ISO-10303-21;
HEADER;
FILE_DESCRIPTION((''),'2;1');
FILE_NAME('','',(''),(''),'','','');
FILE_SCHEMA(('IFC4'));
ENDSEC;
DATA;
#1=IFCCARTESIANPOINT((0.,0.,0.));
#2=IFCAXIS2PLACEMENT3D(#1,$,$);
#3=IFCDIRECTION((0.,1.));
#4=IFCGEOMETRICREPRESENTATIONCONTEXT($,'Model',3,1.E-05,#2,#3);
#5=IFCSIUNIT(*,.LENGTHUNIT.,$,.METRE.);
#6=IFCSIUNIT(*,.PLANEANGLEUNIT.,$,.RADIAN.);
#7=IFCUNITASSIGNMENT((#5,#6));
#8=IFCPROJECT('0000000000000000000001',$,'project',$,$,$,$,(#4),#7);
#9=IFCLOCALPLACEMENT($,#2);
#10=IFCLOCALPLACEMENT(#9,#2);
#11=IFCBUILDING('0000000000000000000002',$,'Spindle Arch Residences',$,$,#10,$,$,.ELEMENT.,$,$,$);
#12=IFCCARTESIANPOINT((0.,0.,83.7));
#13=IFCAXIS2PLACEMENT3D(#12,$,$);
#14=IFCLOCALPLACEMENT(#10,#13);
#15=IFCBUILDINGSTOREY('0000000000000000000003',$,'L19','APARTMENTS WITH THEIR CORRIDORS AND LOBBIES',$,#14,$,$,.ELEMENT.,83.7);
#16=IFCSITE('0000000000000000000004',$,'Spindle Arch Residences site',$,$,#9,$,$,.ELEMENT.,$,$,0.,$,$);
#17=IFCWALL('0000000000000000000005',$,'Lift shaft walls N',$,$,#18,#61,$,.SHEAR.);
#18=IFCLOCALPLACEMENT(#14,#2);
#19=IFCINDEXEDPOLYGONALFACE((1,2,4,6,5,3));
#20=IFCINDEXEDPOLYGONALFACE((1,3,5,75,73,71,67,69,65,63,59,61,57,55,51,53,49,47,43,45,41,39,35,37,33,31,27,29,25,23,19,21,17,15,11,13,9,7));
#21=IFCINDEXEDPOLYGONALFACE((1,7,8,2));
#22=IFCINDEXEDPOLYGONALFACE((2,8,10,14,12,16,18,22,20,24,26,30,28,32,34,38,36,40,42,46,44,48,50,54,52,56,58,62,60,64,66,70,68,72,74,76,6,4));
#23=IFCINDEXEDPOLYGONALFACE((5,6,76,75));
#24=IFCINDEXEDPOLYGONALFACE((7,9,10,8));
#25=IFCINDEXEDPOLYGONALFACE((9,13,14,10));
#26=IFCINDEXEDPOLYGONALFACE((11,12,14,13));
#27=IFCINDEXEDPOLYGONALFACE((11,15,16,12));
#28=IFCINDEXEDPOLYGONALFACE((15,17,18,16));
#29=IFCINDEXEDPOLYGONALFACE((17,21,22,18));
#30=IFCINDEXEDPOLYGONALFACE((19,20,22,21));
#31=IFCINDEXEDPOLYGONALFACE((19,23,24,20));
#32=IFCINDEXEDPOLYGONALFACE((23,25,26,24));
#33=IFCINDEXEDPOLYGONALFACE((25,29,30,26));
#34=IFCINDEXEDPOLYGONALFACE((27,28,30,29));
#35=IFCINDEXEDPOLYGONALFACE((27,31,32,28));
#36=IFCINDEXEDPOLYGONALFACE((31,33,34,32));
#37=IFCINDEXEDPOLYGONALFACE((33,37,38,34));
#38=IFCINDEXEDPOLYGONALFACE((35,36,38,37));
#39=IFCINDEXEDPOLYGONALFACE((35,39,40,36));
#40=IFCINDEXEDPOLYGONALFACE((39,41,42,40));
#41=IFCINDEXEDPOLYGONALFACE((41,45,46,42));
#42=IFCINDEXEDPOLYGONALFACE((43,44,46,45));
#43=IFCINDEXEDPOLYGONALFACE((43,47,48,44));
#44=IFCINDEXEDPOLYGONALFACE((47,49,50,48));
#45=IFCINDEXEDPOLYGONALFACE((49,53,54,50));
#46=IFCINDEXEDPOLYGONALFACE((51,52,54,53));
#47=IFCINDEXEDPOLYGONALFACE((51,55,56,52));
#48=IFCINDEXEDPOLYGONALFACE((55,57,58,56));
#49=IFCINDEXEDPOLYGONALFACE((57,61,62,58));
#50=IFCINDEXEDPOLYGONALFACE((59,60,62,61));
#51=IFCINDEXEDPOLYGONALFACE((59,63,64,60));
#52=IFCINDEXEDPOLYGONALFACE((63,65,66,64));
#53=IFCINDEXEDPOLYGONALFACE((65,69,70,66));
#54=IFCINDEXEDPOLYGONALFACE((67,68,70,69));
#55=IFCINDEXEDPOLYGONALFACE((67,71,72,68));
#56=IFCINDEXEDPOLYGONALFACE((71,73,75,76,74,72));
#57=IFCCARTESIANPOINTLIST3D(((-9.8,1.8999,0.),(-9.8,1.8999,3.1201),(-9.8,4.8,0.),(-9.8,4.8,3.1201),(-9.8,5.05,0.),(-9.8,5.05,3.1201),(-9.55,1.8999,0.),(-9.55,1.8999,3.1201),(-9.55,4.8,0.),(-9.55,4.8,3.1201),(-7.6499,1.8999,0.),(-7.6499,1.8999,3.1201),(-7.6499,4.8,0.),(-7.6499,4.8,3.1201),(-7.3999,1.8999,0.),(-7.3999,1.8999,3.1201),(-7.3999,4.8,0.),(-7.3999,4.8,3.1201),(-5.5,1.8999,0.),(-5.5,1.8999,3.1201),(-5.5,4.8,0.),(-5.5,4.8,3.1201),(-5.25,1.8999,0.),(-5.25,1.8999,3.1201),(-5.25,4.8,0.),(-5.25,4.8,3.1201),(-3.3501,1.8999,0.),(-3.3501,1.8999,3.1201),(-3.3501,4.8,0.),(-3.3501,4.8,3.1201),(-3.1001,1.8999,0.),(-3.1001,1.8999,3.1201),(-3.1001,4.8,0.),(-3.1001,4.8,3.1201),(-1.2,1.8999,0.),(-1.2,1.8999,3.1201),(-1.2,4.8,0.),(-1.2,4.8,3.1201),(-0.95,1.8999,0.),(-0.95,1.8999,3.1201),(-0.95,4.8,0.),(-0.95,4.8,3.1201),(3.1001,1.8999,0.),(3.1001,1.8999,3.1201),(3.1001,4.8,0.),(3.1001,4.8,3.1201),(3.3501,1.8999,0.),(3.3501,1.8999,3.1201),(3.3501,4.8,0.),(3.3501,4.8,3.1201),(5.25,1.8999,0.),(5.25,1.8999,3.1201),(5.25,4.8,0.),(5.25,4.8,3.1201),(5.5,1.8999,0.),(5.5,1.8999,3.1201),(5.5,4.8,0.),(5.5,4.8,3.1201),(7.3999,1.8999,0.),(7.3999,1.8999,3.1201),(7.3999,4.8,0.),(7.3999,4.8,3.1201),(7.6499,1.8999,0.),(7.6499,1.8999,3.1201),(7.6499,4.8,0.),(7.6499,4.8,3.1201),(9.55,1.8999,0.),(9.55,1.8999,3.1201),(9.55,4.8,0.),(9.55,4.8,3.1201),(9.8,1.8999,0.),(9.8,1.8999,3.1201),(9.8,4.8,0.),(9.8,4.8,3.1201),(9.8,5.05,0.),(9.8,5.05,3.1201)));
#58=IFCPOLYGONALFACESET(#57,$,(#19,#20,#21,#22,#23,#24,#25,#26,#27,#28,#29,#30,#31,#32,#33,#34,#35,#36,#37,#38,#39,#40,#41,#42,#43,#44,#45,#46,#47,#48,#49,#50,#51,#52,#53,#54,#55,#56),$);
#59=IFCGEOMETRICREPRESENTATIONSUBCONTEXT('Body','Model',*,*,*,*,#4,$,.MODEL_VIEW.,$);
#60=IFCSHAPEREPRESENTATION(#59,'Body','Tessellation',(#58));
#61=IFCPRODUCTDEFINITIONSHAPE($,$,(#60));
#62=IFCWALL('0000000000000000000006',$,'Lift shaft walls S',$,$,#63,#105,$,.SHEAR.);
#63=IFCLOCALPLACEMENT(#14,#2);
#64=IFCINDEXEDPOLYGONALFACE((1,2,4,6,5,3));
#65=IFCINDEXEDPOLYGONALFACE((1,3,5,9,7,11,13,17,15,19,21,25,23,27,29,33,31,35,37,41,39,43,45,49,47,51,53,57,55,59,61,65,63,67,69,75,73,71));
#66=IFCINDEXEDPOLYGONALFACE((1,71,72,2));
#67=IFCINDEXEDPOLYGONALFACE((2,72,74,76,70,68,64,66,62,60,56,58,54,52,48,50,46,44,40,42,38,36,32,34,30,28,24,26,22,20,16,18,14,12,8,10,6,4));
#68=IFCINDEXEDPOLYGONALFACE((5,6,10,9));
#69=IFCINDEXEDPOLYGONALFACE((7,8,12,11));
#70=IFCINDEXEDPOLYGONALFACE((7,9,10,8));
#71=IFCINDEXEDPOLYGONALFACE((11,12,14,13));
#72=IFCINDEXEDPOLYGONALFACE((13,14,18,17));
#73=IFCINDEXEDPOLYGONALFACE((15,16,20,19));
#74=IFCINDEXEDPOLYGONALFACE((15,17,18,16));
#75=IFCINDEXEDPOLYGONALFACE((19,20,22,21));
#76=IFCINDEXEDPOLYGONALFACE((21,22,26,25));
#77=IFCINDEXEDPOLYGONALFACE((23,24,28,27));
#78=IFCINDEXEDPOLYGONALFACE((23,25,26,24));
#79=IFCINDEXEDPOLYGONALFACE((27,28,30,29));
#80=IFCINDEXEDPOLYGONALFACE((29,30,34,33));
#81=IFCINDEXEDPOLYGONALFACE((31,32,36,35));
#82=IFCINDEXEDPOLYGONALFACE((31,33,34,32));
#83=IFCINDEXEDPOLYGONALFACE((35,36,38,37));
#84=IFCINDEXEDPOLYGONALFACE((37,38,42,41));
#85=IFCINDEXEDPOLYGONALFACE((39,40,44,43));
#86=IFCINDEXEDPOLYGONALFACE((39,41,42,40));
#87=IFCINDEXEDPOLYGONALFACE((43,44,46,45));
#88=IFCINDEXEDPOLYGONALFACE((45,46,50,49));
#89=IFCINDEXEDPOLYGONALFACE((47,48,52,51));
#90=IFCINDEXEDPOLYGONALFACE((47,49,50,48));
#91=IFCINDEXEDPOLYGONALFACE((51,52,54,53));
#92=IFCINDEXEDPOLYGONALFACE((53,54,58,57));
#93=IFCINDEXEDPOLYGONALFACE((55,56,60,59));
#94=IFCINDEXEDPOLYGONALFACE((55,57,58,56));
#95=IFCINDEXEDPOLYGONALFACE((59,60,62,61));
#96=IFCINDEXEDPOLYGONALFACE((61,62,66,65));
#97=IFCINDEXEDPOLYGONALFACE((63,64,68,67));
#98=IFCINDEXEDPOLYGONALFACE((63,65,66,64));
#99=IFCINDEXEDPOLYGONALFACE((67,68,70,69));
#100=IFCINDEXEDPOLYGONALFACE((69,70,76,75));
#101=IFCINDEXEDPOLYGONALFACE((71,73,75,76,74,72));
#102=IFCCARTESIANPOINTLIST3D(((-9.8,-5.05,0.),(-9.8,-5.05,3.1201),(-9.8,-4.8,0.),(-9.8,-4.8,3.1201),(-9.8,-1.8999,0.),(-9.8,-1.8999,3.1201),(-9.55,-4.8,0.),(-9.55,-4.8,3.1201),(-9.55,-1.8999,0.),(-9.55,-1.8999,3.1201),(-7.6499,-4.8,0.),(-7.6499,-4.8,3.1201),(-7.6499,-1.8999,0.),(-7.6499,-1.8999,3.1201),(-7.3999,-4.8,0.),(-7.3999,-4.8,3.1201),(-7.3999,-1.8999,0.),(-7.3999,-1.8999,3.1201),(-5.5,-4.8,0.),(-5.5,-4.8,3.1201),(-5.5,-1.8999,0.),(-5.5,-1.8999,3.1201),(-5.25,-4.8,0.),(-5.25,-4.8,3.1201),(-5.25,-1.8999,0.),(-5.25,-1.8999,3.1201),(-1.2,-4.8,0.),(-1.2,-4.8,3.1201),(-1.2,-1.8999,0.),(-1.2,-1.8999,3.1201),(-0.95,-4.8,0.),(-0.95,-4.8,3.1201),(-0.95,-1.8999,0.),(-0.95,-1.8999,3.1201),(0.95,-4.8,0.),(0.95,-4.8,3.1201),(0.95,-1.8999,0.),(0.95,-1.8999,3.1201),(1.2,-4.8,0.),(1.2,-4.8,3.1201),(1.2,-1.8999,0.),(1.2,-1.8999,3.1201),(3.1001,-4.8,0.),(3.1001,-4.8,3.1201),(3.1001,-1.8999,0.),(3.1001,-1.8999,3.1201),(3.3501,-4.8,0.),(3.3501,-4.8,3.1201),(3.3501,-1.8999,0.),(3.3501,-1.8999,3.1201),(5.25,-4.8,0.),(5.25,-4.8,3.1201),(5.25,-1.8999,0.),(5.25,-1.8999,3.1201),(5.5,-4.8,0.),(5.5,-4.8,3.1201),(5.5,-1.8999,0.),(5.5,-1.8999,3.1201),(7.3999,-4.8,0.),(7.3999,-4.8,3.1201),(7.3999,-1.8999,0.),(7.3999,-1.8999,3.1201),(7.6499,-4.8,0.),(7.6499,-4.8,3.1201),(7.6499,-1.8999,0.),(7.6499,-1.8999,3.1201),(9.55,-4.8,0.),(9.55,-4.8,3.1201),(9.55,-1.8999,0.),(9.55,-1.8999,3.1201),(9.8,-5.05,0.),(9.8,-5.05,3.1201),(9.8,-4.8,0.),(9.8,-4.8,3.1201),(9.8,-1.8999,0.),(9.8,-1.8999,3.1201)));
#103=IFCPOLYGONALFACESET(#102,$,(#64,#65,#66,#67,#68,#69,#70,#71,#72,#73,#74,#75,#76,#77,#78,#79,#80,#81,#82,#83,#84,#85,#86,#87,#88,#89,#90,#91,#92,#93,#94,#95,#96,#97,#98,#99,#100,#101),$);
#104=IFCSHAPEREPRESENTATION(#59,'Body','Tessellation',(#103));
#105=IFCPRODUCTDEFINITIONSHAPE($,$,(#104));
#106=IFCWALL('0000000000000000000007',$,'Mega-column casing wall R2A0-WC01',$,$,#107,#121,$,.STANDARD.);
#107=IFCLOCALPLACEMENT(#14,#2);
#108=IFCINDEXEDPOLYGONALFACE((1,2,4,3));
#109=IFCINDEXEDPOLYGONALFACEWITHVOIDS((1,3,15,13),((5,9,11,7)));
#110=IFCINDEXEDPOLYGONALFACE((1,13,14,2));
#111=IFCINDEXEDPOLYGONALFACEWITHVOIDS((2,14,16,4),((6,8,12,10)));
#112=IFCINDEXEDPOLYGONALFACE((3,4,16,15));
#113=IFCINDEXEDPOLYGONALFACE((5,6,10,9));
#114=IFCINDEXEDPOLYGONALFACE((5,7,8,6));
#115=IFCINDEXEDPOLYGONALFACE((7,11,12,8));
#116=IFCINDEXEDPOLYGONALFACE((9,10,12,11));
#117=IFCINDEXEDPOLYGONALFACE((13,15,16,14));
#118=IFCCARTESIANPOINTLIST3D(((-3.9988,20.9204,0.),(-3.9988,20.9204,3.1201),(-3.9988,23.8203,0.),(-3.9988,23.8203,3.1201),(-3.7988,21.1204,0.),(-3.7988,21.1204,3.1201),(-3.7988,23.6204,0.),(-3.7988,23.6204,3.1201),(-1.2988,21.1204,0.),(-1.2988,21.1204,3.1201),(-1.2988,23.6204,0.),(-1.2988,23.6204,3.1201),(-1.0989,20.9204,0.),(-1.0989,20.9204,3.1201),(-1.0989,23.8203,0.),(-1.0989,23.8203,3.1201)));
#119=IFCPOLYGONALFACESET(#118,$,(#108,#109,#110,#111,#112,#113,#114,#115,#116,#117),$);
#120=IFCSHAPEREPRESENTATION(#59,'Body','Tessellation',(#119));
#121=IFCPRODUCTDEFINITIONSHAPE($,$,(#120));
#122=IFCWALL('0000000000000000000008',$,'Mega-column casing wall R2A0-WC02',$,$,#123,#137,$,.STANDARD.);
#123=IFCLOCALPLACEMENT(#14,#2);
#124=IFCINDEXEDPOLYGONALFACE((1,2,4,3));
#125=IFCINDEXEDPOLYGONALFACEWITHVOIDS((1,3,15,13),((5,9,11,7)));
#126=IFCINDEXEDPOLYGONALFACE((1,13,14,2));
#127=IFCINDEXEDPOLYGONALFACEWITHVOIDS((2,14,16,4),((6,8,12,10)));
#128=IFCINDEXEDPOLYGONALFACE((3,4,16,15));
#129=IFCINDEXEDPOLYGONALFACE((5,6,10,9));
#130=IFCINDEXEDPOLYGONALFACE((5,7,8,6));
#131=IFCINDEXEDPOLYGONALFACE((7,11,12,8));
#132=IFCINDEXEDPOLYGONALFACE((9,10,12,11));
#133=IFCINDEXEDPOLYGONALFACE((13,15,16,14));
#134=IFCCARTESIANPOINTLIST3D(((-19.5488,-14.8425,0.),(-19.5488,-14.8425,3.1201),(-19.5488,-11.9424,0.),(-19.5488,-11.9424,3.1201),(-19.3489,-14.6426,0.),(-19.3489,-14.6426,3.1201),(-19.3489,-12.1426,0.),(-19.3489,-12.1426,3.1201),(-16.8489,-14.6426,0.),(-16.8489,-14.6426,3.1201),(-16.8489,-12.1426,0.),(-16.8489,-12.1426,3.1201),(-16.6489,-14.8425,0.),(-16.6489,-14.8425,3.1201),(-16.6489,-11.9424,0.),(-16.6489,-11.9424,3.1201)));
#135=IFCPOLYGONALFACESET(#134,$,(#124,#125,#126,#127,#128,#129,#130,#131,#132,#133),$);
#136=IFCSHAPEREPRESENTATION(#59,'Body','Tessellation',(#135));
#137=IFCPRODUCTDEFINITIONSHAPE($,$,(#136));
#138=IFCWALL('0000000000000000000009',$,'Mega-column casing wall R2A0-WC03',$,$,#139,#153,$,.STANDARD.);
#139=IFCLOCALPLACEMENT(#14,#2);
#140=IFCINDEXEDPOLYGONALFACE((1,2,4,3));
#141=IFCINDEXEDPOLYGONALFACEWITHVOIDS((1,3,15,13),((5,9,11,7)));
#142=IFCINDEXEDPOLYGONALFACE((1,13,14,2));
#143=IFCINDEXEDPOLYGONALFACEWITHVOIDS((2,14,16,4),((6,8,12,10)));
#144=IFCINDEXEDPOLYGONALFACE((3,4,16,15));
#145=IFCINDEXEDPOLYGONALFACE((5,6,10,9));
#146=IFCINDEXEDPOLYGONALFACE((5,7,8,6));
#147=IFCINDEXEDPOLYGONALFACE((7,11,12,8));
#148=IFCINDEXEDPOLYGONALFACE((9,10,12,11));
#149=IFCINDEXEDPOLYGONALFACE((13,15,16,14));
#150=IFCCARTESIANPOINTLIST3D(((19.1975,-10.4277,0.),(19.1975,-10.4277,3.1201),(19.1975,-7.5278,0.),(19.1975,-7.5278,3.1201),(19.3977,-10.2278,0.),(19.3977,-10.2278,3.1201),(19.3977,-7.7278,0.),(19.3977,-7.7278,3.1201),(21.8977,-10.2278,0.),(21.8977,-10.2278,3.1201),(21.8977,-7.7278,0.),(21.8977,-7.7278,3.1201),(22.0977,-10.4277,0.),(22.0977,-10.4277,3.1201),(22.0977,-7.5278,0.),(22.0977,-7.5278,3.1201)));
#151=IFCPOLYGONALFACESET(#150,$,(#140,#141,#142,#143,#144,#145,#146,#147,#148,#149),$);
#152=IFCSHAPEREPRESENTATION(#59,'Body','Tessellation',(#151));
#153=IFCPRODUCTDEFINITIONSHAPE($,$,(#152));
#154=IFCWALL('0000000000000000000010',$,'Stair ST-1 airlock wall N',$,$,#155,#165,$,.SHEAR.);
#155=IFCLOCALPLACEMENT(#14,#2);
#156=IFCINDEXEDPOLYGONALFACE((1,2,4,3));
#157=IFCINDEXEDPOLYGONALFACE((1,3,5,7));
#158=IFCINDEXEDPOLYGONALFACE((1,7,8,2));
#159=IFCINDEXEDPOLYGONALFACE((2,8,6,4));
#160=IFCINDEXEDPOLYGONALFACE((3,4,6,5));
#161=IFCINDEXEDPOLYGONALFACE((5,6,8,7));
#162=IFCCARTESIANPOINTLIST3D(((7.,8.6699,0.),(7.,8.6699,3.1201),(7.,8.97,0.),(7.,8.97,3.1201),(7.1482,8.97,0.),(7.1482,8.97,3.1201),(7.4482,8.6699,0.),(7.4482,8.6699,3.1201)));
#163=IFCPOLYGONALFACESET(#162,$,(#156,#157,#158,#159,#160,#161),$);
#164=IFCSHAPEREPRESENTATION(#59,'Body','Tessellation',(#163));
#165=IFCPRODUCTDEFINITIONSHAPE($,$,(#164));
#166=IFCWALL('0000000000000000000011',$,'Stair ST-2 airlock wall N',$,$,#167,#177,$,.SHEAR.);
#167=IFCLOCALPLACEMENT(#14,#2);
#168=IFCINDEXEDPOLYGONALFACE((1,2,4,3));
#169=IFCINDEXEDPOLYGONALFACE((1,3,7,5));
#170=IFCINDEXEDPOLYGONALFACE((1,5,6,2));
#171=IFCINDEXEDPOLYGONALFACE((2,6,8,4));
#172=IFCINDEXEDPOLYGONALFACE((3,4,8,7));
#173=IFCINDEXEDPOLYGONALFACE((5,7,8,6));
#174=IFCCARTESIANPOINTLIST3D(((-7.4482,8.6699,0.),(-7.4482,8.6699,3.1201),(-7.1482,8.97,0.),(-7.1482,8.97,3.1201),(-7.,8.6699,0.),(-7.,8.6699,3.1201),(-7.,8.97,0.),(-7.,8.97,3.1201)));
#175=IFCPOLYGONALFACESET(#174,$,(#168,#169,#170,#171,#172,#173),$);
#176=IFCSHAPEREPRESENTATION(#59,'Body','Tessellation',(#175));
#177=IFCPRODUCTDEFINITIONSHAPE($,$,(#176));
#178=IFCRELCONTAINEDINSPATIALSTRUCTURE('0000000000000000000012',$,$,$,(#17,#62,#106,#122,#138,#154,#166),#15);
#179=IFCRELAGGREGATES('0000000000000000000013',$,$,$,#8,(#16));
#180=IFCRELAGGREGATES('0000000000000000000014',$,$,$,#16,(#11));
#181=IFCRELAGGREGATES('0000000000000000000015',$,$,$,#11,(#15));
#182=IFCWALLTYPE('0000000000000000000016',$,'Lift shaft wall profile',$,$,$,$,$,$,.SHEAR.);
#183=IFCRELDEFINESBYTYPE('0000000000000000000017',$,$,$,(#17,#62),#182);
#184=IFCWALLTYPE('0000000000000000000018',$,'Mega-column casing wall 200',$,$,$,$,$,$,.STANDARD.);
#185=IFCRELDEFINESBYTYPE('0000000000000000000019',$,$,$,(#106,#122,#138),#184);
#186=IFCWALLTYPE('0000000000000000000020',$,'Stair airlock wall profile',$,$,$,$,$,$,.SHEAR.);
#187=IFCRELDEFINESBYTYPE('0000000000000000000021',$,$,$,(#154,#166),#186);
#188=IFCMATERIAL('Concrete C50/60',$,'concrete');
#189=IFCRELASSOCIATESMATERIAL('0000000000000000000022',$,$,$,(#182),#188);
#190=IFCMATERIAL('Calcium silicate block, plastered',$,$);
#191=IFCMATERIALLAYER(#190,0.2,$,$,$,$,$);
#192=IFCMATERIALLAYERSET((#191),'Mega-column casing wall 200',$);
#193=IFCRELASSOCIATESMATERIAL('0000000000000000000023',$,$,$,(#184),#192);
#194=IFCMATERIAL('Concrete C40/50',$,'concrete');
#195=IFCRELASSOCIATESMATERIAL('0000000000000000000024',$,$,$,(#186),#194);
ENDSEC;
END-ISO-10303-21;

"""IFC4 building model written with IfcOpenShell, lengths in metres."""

from ifc_helpers import new_model, si_unit, direction, frame, origin, place, context, subcontext, project, spatial, polyline, outline, extrude, material, layer, layer_set, type_object, element, save


model = new_model("IFC4")

# Units and contexts
model_context = context("Model", 3, precision=1e-05, world=origin(), true_north=direction((0.0, 1.0)))
body_context = subcontext(model_context, "Body", "Model", "MODEL_VIEW")
ifc_project = project(units=[si_unit("LENGTHUNIT", "METRE"), si_unit("PLANEANGLEUNIT", "RADIAN")], contexts=[model_context])

# Site, building, storey
site_placement = place(None, origin())
site = spatial("IfcSite", under=ifc_project, at=site_placement, Name="Spindle Arch Residences site", CompositionType="ELEMENT", RefElevation=0.0)
building_placement = place(site_placement, origin())
building = spatial("IfcBuilding", under=site, at=building_placement, Name="Spindle Arch Residences", CompositionType="ELEMENT")
storey_placement = place(building_placement, frame((0.0, 0.0, 83.7)))
storey = spatial("IfcBuildingStorey", under=building, at=storey_placement, Name="L19", Description="APARTMENTS WITH THEIR CORRIDORS AND LOBBIES", CompositionType="ELEMENT", Elevation=83.7)

# Walls
ifc_material_1 = material(Name="Concrete C50/60", Category="concrete")
wall_type_1 = type_object("IfcWallType", Name="Lift shaft wall profile", PredefinedType="SHEAR", material=ifc_material_1)
wall_1_placement = place(storey_placement, origin())
element("IfcWall", 1, at=wall_1_placement, inside=storey, type_object=wall_type_1, Name="Lift shaft walls N", PredefinedType="SHEAR", context=body_context, shape_type="SweptSolid", body=[
    extrude(outline(polyline([(-9.55, 4.8), (-7.6499, 4.8), (-7.6499, 1.8999), (-7.3999, 1.8999), (-7.3999, 4.8), (-5.5, 4.8), (-5.5, 1.8999), (-5.25, 1.8999), (-5.25, 4.8), (-3.3501, 4.8), (-3.3501, 1.8999), (-3.1001, 1.8999), (-3.1001, 4.8), (-1.2, 4.8), (-1.2, 1.8999), (-0.95, 1.8999), (-0.95, 4.8), (3.1001, 4.8), (3.1001, 1.8999), (3.3501, 1.8999), (3.3501, 4.8), (5.25, 4.8), (5.25, 1.8999), (5.5, 1.8999), (5.5, 4.8), (7.3999, 4.8), (7.3999, 1.8999), (7.6499, 1.8999), (7.6499, 4.8), (9.55, 4.8), (9.55, 1.8999), (9.8, 1.8999), (9.8, 4.8), (9.8, 5.05), (-9.8, 5.05), (-9.8, 4.8), (-9.8, 1.8999), (-9.55, 1.8999), (-9.55, 4.8)])), origin(), (0.0, 0.0, 1.0), 3.1201),
])
wall_2_placement = place(storey_placement, origin())
element("IfcWall", 2, at=wall_2_placement, inside=storey, type_object=wall_type_1, Name="Lift shaft walls S", PredefinedType="SHEAR", context=body_context, shape_type="SweptSolid", body=[
    extrude(outline(polyline([(9.8, -5.05), (9.8, -4.8), (9.8, -1.8999), (9.55, -1.8999), (9.55, -4.8), (7.6499, -4.8), (7.6499, -1.8999), (7.3999, -1.8999), (7.3999, -4.8), (5.5, -4.8), (5.5, -1.8999), (5.25, -1.8999), (5.25, -4.8), (3.3501, -4.8), (3.3501, -1.8999), (3.1001, -1.8999), (3.1001, -4.8), (1.2, -4.8), (1.2, -1.8999), (0.95, -1.8999), (0.95, -4.8), (-0.95, -4.8), (-0.95, -1.8999), (-1.2, -1.8999), (-1.2, -4.8), (-5.25, -4.8), (-5.25, -1.8999), (-5.5, -1.8999), (-5.5, -4.8), (-7.3999, -4.8), (-7.3999, -1.8999), (-7.6499, -1.8999), (-7.6499, -4.8), (-9.55, -4.8), (-9.55, -1.8999), (-9.8, -1.8999), (-9.8, -4.8), (-9.8, -5.05), (9.8, -5.05)])), origin(), (0.0, 0.0, 1.0), 3.1201),
])
ifc_material_2 = material(Name="Calcium silicate block, plastered")
ifc_layer_1 = layer(ifc_material_2, 0.2)
ifc_layer_set_1 = layer_set([ifc_layer_1], Name="Mega-column casing wall 200")
wall_type_2 = type_object("IfcWallType", Name="Mega-column casing wall 200", PredefinedType="STANDARD", material=ifc_layer_set_1)
wall_3_placement = place(storey_placement, origin())
element("IfcWall", 3, at=wall_3_placement, inside=storey, type_object=wall_type_2, Name="Mega-column casing wall R2A0-WC01", PredefinedType="STANDARD", context=body_context, shape_type="SweptSolid", body=[
    extrude(outline(polyline([(-1.0989, 23.8203), (-1.0989, 20.9204), (-3.9988, 20.9204), (-3.9988, 23.8203), (-1.0989, 23.8203)]), holes=[polyline([(-3.7988, 21.1204), (-1.2988, 21.1204), (-1.2988, 23.6204), (-3.7988, 23.6204), (-3.7988, 21.1204)])]), origin(), (0.0, 0.0, 1.0), 3.1201),
])
wall_4_placement = place(storey_placement, origin())
element("IfcWall", 4, at=wall_4_placement, inside=storey, type_object=wall_type_2, Name="Mega-column casing wall R2A0-WC02", PredefinedType="STANDARD", context=body_context, shape_type="SweptSolid", body=[
    extrude(outline(polyline([(-16.6489, -11.9424), (-16.6489, -14.8425), (-19.5488, -14.8425), (-19.5488, -11.9424), (-16.6489, -11.9424)]), holes=[polyline([(-19.3489, -14.6426), (-16.8489, -14.6426), (-16.8489, -12.1426), (-19.3489, -12.1426), (-19.3489, -14.6426)])]), origin(), (0.0, 0.0, 1.0), 3.1201),
])
wall_5_placement = place(storey_placement, origin())
element("IfcWall", 5, at=wall_5_placement, inside=storey, type_object=wall_type_2, Name="Mega-column casing wall R2A0-WC03", PredefinedType="STANDARD", context=body_context, shape_type="SweptSolid", body=[
    extrude(outline(polyline([(22.0977, -7.5278), (22.0977, -10.4277), (19.1975, -10.4277), (19.1975, -7.5278), (22.0977, -7.5278)]), holes=[polyline([(19.3977, -10.2278), (21.8977, -10.2278), (21.8977, -7.7278), (19.3977, -7.7278), (19.3977, -10.2278)])]), origin(), (0.0, 0.0, 1.0), 3.1201),
])
ifc_material_3 = material(Name="Concrete C40/50", Category="concrete")
wall_type_3 = type_object("IfcWallType", Name="Stair airlock wall profile", PredefinedType="SHEAR", material=ifc_material_3)
wall_6_placement = place(storey_placement, origin())
element("IfcWall", 6, at=wall_6_placement, inside=storey, type_object=wall_type_3, Name="Stair ST-1 airlock wall N", PredefinedType="SHEAR", context=body_context, shape_type="SweptSolid", body=[
    extrude(outline(polyline([(7.4482, 8.6699), (7.0, 8.6699), (7.0, 8.97), (7.1482, 8.97), (7.4482, 8.6699)])), origin(), (0.0, 0.0, 1.0), 3.1201),
])
wall_7_placement = place(storey_placement, origin())
element("IfcWall", 7, at=wall_7_placement, inside=storey, type_object=wall_type_3, Name="Stair ST-2 airlock wall N", PredefinedType="SHEAR", context=body_context, shape_type="SweptSolid", body=[
    extrude(outline(polyline([(-7.1482, 8.97), (-7.0, 8.97), (-7.0, 8.6699), (-7.4482, 8.6699), (-7.1482, 8.97)])), origin(), (0.0, 0.0, 1.0), 3.1201),
])

save(model, "model.ifc")
